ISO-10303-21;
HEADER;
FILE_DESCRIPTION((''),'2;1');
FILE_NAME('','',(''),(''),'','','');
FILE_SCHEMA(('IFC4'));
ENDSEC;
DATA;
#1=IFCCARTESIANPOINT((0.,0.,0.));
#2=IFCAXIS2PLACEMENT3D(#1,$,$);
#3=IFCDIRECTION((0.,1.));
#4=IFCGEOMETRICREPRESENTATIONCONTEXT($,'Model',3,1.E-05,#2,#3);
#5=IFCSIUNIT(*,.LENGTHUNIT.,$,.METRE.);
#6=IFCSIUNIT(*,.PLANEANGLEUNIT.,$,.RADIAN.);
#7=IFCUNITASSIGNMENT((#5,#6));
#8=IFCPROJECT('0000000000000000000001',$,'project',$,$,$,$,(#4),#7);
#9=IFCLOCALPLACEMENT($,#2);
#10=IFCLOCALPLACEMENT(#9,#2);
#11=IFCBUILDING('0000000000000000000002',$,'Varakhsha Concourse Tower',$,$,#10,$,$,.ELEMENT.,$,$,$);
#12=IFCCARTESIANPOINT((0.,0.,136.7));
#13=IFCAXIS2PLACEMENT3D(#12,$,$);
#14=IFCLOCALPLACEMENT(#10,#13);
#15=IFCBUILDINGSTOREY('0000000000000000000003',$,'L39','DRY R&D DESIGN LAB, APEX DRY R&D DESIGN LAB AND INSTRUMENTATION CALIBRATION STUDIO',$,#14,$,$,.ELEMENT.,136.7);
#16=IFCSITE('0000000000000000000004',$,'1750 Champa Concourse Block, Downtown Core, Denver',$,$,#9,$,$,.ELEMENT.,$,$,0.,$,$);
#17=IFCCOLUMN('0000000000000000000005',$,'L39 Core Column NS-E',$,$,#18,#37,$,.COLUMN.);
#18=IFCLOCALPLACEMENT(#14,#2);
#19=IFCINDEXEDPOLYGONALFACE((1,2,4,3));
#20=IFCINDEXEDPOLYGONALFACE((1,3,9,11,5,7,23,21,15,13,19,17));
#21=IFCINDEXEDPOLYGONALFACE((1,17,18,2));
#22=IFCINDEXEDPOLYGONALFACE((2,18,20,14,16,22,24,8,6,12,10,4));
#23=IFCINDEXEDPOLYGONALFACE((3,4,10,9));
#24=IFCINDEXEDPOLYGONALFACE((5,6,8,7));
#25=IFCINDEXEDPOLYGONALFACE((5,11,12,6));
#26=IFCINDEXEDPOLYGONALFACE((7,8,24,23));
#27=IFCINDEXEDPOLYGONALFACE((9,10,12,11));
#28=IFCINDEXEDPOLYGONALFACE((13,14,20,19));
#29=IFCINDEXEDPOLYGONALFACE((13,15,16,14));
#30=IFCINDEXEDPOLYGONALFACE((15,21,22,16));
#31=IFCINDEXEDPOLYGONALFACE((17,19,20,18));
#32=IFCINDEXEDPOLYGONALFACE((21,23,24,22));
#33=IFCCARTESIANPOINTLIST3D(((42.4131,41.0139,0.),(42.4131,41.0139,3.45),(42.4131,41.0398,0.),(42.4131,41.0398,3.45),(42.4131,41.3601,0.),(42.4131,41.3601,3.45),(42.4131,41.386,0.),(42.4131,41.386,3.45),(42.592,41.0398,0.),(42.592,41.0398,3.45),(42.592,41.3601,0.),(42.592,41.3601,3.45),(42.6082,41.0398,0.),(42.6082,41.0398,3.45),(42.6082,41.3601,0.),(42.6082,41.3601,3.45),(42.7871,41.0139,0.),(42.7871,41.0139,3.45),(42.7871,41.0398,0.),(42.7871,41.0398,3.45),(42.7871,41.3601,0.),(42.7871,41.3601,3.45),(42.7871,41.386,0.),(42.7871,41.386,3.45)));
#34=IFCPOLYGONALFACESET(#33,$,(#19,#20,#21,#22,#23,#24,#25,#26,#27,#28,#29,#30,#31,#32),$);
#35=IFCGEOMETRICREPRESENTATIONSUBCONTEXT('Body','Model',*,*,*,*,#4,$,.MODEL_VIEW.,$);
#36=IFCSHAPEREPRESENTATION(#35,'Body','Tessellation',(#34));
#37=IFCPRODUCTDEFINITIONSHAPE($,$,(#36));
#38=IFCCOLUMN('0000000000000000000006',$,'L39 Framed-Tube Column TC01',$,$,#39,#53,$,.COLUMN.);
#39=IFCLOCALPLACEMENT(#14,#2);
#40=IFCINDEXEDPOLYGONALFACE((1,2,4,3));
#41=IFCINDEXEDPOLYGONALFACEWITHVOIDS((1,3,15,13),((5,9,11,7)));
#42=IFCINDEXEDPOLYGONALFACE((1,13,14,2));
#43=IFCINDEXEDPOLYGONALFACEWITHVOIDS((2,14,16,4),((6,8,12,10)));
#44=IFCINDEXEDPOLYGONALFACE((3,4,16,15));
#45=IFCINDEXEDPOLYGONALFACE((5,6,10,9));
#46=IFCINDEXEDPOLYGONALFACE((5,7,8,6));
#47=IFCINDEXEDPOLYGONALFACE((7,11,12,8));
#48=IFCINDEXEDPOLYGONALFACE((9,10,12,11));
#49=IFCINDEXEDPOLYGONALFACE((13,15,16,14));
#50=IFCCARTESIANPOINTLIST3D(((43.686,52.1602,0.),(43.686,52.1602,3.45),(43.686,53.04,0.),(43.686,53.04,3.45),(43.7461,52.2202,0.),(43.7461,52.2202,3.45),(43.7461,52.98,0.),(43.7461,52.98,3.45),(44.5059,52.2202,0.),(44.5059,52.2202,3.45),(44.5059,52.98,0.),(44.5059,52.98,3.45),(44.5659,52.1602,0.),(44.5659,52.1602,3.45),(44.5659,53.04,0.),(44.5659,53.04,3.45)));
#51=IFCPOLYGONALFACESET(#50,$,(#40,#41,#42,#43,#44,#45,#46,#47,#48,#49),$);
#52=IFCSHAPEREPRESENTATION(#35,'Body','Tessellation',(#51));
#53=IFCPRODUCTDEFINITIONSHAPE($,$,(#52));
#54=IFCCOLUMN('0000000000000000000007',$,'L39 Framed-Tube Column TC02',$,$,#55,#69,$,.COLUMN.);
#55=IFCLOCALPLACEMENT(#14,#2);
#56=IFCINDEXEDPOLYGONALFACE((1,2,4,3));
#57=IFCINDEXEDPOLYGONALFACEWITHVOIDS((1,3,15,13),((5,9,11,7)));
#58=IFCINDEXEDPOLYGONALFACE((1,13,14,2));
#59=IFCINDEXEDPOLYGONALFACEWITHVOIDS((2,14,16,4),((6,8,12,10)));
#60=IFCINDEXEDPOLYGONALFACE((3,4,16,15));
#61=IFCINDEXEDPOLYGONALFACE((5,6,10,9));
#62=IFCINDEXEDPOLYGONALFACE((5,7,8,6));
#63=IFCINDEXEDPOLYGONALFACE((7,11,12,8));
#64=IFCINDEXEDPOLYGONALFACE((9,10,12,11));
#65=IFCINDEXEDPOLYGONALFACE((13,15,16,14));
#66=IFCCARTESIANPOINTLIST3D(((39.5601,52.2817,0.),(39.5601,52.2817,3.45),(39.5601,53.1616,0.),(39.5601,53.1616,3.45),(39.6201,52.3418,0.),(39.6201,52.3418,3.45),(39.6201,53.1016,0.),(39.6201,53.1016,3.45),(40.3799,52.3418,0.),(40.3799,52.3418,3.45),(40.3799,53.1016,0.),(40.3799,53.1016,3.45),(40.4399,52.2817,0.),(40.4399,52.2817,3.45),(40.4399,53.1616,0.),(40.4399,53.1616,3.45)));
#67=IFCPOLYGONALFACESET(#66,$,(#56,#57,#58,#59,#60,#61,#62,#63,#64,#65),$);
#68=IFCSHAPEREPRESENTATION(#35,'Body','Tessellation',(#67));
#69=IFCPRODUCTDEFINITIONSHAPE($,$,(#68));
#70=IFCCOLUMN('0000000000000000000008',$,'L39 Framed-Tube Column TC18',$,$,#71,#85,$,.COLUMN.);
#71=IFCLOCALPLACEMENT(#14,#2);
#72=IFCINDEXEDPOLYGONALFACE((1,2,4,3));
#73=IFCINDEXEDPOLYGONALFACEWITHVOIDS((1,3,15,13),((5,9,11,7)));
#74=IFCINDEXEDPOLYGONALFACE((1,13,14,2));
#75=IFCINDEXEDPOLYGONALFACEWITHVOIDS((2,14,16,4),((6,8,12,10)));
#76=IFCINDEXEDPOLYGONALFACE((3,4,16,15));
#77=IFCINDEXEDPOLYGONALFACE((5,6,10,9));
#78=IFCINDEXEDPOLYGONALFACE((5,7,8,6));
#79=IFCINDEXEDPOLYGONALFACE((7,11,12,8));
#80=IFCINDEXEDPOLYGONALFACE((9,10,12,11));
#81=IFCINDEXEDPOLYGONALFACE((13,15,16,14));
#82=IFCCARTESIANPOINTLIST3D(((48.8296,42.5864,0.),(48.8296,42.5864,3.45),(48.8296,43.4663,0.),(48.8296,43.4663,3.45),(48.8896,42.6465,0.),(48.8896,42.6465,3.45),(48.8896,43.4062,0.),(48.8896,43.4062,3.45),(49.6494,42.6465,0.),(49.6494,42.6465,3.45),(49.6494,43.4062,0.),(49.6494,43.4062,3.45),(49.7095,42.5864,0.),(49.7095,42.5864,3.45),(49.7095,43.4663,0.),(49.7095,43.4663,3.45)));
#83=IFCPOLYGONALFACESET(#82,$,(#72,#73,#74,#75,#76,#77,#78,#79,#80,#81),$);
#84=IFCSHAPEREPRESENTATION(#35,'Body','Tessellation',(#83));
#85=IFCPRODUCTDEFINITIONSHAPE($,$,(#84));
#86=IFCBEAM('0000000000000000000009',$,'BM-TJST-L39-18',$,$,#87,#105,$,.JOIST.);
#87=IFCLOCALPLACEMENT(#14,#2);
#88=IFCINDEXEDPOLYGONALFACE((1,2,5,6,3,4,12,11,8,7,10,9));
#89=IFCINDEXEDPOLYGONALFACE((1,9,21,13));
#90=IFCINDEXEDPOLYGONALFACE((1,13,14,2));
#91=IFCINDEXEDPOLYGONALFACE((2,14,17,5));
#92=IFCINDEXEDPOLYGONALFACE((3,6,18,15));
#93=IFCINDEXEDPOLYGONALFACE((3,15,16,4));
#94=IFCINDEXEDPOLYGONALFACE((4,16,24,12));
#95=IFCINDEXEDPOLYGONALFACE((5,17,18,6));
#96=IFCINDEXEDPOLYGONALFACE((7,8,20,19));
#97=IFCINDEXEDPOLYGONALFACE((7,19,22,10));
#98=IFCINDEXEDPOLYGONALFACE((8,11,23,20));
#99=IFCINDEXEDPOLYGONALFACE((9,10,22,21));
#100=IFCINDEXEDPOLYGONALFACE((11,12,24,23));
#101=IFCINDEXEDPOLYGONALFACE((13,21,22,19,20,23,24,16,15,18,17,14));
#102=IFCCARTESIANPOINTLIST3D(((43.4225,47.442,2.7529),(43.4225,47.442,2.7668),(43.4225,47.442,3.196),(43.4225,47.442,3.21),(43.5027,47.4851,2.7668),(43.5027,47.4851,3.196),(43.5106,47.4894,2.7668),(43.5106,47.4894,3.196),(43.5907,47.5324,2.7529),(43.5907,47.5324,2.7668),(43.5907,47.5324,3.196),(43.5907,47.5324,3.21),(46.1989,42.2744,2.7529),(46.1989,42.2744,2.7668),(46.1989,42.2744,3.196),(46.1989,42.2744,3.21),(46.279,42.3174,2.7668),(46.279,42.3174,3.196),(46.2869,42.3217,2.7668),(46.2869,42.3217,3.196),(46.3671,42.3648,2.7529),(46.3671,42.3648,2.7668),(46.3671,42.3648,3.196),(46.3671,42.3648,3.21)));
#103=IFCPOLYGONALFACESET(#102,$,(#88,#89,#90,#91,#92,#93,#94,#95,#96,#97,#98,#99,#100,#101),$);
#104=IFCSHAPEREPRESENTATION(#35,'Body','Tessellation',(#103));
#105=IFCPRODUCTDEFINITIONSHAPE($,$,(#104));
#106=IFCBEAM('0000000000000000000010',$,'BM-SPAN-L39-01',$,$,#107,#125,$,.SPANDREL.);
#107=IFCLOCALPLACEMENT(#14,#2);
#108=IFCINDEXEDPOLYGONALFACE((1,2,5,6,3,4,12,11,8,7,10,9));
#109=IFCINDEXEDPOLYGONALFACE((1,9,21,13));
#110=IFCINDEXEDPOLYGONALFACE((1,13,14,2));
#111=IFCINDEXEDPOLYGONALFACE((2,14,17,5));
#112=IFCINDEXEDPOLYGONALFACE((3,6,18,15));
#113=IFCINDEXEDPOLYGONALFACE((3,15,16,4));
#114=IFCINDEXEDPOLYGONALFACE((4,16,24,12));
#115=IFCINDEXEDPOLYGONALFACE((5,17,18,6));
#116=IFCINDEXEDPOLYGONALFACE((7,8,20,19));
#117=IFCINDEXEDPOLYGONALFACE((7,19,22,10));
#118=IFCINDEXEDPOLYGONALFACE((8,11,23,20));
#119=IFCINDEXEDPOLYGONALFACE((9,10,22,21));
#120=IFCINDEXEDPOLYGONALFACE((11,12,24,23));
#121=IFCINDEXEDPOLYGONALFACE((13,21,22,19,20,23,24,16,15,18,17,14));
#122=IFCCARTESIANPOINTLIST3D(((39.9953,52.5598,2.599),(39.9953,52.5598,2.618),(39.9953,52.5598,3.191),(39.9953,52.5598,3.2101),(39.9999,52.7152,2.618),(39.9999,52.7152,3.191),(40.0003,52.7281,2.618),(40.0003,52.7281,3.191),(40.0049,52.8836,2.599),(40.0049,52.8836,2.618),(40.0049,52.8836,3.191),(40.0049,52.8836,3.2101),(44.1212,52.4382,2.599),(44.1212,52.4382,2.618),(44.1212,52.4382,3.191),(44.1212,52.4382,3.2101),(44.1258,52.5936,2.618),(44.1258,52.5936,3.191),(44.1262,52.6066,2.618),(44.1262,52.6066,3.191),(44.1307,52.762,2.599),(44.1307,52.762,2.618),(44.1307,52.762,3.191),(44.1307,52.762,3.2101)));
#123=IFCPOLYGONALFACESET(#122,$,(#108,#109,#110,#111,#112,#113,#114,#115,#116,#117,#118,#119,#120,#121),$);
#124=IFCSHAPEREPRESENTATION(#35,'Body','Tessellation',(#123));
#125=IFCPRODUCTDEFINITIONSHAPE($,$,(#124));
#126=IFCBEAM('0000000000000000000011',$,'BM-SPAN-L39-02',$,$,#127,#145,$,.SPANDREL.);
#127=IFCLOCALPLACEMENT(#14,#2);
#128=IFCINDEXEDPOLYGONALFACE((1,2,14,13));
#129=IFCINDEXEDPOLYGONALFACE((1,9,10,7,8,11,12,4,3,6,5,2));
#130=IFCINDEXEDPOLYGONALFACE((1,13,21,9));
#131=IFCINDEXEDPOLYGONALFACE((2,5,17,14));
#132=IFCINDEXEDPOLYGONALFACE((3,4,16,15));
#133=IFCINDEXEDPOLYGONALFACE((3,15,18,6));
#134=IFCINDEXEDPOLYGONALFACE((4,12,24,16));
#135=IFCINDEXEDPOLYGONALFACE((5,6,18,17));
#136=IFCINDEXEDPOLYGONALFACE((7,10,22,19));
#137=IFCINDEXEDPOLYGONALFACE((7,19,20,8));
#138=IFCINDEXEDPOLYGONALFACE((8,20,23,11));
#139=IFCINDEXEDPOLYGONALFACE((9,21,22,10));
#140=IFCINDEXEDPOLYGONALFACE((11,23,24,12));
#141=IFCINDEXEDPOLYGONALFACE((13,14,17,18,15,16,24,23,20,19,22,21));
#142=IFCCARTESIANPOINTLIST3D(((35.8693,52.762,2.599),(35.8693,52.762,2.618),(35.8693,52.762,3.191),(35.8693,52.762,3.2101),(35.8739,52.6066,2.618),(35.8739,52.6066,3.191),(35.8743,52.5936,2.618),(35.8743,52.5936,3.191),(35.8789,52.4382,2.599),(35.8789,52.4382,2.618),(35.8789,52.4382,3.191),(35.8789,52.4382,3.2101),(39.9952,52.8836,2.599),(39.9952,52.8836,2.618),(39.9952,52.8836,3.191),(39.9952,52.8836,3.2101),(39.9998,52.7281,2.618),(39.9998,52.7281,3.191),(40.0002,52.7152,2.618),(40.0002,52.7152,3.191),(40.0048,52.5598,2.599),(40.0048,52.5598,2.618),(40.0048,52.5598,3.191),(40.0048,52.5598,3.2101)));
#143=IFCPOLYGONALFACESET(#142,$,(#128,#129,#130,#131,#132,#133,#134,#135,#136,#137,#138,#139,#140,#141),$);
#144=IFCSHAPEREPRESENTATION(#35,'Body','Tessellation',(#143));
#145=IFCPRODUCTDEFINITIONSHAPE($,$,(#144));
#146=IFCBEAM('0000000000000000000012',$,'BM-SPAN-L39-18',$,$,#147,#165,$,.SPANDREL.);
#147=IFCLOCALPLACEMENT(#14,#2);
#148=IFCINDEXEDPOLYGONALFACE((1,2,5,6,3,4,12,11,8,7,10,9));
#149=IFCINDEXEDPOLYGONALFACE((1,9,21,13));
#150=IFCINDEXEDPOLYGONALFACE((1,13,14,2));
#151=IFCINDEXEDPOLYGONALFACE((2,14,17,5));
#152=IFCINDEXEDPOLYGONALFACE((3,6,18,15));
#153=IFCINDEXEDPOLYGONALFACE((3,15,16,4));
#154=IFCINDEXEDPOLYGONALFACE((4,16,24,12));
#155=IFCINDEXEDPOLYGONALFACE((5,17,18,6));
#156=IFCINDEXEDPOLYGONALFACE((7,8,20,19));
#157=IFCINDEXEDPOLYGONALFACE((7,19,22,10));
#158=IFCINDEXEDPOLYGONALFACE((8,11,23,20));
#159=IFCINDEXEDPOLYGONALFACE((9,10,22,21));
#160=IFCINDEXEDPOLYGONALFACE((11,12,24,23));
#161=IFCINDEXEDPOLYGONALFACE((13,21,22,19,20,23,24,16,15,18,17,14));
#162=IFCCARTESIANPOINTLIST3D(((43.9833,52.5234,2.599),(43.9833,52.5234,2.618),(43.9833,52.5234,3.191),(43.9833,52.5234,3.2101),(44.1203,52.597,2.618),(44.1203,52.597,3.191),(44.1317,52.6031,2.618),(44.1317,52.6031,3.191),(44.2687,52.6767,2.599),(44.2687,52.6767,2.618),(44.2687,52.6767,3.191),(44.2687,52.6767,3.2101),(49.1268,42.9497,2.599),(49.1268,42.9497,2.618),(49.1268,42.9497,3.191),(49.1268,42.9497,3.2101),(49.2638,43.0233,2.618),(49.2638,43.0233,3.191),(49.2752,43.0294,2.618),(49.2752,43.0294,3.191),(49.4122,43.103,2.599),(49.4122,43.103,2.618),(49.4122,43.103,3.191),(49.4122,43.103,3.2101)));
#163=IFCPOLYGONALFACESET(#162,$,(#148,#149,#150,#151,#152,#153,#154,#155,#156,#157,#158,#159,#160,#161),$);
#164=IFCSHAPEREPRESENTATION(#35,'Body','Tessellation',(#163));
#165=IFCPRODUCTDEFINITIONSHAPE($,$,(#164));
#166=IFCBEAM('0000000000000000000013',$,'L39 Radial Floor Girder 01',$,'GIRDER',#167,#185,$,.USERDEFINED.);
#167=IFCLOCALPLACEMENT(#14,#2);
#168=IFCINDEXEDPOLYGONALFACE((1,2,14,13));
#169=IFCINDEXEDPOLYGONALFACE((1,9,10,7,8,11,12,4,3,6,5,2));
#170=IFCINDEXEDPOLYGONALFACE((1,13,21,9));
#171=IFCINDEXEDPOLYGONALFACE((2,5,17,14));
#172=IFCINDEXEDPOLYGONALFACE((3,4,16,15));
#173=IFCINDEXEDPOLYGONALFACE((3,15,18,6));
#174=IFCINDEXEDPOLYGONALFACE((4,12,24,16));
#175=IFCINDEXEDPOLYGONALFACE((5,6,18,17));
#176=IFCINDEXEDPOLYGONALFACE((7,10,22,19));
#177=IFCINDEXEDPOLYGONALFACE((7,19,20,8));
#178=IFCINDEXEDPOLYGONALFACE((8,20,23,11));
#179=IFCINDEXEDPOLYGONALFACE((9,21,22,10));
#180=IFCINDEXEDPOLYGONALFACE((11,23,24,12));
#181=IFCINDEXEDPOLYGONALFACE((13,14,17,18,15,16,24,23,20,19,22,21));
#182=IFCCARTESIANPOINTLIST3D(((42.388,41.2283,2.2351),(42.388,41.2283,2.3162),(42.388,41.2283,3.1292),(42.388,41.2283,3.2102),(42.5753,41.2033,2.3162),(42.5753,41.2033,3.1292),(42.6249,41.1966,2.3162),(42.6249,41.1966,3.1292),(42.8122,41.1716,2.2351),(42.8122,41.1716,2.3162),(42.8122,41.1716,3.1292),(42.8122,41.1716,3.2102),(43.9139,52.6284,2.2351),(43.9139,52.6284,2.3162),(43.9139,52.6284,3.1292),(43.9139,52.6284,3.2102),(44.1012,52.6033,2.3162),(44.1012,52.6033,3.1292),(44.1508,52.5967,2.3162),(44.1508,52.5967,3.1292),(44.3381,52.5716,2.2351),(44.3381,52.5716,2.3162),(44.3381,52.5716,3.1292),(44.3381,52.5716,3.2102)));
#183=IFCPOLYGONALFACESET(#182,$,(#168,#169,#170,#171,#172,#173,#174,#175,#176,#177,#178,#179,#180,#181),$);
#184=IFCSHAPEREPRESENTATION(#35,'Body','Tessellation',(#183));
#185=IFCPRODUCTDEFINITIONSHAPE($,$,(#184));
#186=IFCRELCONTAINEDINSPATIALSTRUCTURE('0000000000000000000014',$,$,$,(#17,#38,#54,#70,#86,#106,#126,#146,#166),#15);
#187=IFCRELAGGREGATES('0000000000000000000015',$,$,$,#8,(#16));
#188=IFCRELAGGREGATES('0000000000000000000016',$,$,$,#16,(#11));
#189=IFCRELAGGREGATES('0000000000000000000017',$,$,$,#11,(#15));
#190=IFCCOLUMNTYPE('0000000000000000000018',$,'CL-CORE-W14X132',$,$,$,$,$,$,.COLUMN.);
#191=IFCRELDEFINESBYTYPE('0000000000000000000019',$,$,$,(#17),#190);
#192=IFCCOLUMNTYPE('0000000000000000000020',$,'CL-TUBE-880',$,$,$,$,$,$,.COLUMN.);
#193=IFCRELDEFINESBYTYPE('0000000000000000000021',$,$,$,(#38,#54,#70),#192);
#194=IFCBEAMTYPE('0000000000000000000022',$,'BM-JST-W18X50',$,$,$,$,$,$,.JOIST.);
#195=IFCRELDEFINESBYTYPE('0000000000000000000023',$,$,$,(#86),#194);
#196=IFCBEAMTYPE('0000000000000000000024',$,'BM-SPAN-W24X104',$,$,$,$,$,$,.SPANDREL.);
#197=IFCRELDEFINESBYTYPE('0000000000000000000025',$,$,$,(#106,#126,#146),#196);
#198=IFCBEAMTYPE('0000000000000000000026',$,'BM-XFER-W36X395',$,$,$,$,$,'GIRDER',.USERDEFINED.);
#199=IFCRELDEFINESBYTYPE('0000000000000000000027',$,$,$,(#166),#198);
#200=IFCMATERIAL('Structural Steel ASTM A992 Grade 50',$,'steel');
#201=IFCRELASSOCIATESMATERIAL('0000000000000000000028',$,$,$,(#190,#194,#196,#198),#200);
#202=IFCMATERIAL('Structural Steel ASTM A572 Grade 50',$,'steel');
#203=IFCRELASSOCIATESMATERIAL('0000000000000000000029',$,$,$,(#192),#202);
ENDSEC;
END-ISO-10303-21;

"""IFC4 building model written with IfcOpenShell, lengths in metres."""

from ifc_helpers import new_model, si_unit, direction, frame, origin, origin_2d, place, context, subcontext, project, spatial, hollow_rectangle, i_section, extrude, material, material_profile, profile_set, type_object, element, save


model = new_model("IFC4")

# Units and contexts
model_context = context("Model", 3, precision=1e-05, world=origin(), true_north=direction((0.0, 1.0)))
body_context = subcontext(model_context, "Body", "Model", "MODEL_VIEW")
ifc_project = project(units=[si_unit("LENGTHUNIT", "METRE"), si_unit("PLANEANGLEUNIT", "RADIAN")], contexts=[model_context])

# Site, building, storey
site_placement = place(None, origin())
site = spatial("IfcSite", under=ifc_project, at=site_placement, Name="1750 Champa Concourse Block, Downtown Core, Denver", CompositionType="ELEMENT", RefElevation=0.0)
building_placement = place(site_placement, origin())
building = spatial("IfcBuilding", under=site, at=building_placement, Name="Varakhsha Concourse Tower", CompositionType="ELEMENT")
storey_placement = place(building_placement, frame((0.0, 0.0, 136.7)))
storey = spatial("IfcBuildingStorey", under=building, at=storey_placement, Name="L39", Description="DRY R&D DESIGN LAB, APEX DRY R&D DESIGN LAB AND INSTRUMENTATION CALIBRATION STUDIO", CompositionType="ELEMENT", Elevation=136.7)

# Columns
ifc_material_1 = material(Name="Structural Steel ASTM A992 Grade 50", Category="steel")
ifc_material_profile_1 = material_profile(ifc_material_1, i_section(OverallWidth=0.374, OverallDepth=0.3721, WebThickness=0.0161, FlangeThickness=0.0259, at=origin_2d()), Name="W14X132")
ifc_profile_set_1 = profile_set([ifc_material_profile_1], Name="Structural Steel ASTM A992 Grade 50")
column_type_1 = type_object("IfcColumnType", Name="CL-CORE-W14X132", PredefinedType="COLUMN", material=ifc_profile_set_1)
column_placement = place(storey_placement, frame((42.6001, 41.2, 0.0), z_axis=(0.0, 0.0, 1.0), x_axis=(1.0, 0.0, 0.0)))
element("IfcColumn", 1, at=column_placement, inside=storey, type_object=column_type_1, Name="L39 Core Column NS-E", PredefinedType="COLUMN", context=body_context, shape_type="SweptSolid", body=[
    extrude(i_section(OverallWidth=0.374, OverallDepth=0.3721, WebThickness=0.0161, FlangeThickness=0.0259, at=origin_2d()), origin(), (0.0, 0.0, 1.0), 3.45),
])
ifc_material_2 = material(Name="Structural Steel ASTM A572 Grade 50", Category="steel")
ifc_material_profile_2 = material_profile(ifc_material_2, hollow_rectangle(XDim=0.8799, YDim=0.8799, WallThickness=0.0601, at=origin_2d()), Name="BOX 880x880x60")
ifc_profile_set_2 = profile_set([ifc_material_profile_2], Name="Structural Steel ASTM A572 Grade 50")
column_type_2 = type_object("IfcColumnType", Name="CL-TUBE-880", PredefinedType="COLUMN", material=ifc_profile_set_2)
for number, where, z_axis, x_axis, name in (
    (2, (44.126, 52.6001, 0.0), (0.0, 0.0, 1.0), (1.0, 0.0, 0.0), "L39 Framed-Tube Column TC01"),
    (3, (40.0, 52.7217, 0.0), (0.0, 0.0, 1.0), (1.0, 0.0, 0.0), "L39 Framed-Tube Column TC02"),
    (4, (49.2695, 43.0264, 0.0), (0.0, 0.0, 1.0), (1.0, 0.0, 0.0), "L39 Framed-Tube Column TC18"),
):
    element("IfcColumn", number, at=place(storey_placement, frame(where, z_axis=z_axis, x_axis=x_axis)), inside=storey, type_object=column_type_2, Name=name, PredefinedType="COLUMN", context=body_context, shape_type="SweptSolid", body=[
        extrude(hollow_rectangle(XDim=0.8799, YDim=0.8799, WallThickness=0.0601, at=origin_2d()), origin(), (0.0, 0.0, 1.0), 3.45),
    ])

# Beams
ifc_material_profile_3 = material_profile(ifc_material_1, i_section(OverallWidth=0.1909, OverallDepth=0.457, WebThickness=0.009, FlangeThickness=0.0139, at=origin_2d()), Name="W18X50")
ifc_profile_set_3 = profile_set([ifc_material_profile_3], Name="Structural Steel ASTM A992 Grade 50")
beam_type_1 = type_object("IfcBeamType", Name="BM-JST-W18X50", PredefinedType="JOIST", material=ifc_profile_set_3)
beam_1_placement = place(storey_placement, frame((46.283, 42.3196, 2.9814), z_axis=(-0.473273, 0.880916, 0.0), x_axis=(-0.880916, -0.473273, 0.0)))
element("IfcBeam", 5, at=beam_1_placement, inside=storey, type_object=beam_type_1, Name="BM-TJST-L39-18", PredefinedType="JOIST", context=body_context, shape_type="SweptSolid", body=[
    extrude(i_section(OverallWidth=0.1909, OverallDepth=0.457, WebThickness=0.009, FlangeThickness=0.0139, at=origin_2d()), origin(), (0.0, 0.0, 1.0), 5.8662),
])
ifc_material_profile_4 = material_profile(ifc_material_1, i_section(OverallWidth=0.324, OverallDepth=0.6111, WebThickness=0.0129, FlangeThickness=0.019, at=origin_2d()), Name="W24X104")
ifc_profile_set_4 = profile_set([ifc_material_profile_4], Name="Structural Steel ASTM A992 Grade 50")
beam_type_2 = type_object("IfcBeamType", Name="BM-SPAN-W24X104", PredefinedType="SPANDREL", material=ifc_profile_set_4)
for number, where, z_axis, x_axis, name in (
    (6, (44.126, 52.6001, 2.9045), (-0.999566, 0.029455, 0.0), (-0.029455, -0.999566, 0.0), "BM-SPAN-L39-01"),
    (7, (40.0, 52.7217, 2.9045), (-0.999566, -0.029455, 0.0), (0.029455, -0.999566, 0.0), "BM-SPAN-L39-02"),
):
    element("IfcBeam", number, at=place(storey_placement, frame(where, z_axis=z_axis, x_axis=x_axis)), inside=storey, type_object=beam_type_2, Name=name, PredefinedType="SPANDREL", context=body_context, shape_type="SweptSolid", body=[
        extrude(i_section(OverallWidth=0.324, OverallDepth=0.6111, WebThickness=0.0129, FlangeThickness=0.019, at=origin_2d()), origin(), (0.0, 0.0, 1.0), 4.1277),
    ])
beam_2_placement = place(storey_placement, frame((49.2695, 43.0264, 2.9045), z_axis=(-0.473277, 0.880914, 0.0), x_axis=(-0.880914, -0.473277, 0.0)))
element("IfcBeam", 8, at=beam_2_placement, inside=storey, type_object=beam_type_2, Name="BM-SPAN-L39-18", PredefinedType="SPANDREL", context=body_context, shape_type="SweptSolid", body=[
    extrude(i_section(OverallWidth=0.324, OverallDepth=0.6111, WebThickness=0.0129, FlangeThickness=0.019, at=origin_2d()), origin(), (0.0, 0.0, 1.0), 10.8679),
])
ifc_material_profile_5 = material_profile(ifc_material_1, i_section(OverallWidth=0.428, OverallDepth=0.9751, WebThickness=0.05, FlangeThickness=0.0811, at=origin_2d()), Name="W36X395")
ifc_profile_set_5 = profile_set([ifc_material_profile_5], Name="Structural Steel ASTM A992 Grade 50")
beam_type_3 = type_object("IfcBeamType", Name="BM-XFER-W36X395", ElementType="GIRDER", PredefinedType="USERDEFINED", material=ifc_profile_set_5)
beam_3_placement = place(storey_placement, frame((42.6001, 41.2, 2.7227), z_axis=(0.132664, 0.991161, 0.0), x_axis=(-0.991161, 0.132664, 0.0)))
element("IfcBeam", 9, at=beam_3_placement, inside=storey, type_object=beam_type_3, Name="L39 Radial Floor Girder 01", ObjectType="GIRDER", PredefinedType="USERDEFINED", context=body_context, shape_type="SweptSolid", body=[
    extrude(i_section(OverallWidth=0.428, OverallDepth=0.9751, WebThickness=0.05, FlangeThickness=0.0811, at=origin_2d()), origin(), (0.0, 0.0, 1.0), 11.5017),
])

save(model, "model.ifc")
